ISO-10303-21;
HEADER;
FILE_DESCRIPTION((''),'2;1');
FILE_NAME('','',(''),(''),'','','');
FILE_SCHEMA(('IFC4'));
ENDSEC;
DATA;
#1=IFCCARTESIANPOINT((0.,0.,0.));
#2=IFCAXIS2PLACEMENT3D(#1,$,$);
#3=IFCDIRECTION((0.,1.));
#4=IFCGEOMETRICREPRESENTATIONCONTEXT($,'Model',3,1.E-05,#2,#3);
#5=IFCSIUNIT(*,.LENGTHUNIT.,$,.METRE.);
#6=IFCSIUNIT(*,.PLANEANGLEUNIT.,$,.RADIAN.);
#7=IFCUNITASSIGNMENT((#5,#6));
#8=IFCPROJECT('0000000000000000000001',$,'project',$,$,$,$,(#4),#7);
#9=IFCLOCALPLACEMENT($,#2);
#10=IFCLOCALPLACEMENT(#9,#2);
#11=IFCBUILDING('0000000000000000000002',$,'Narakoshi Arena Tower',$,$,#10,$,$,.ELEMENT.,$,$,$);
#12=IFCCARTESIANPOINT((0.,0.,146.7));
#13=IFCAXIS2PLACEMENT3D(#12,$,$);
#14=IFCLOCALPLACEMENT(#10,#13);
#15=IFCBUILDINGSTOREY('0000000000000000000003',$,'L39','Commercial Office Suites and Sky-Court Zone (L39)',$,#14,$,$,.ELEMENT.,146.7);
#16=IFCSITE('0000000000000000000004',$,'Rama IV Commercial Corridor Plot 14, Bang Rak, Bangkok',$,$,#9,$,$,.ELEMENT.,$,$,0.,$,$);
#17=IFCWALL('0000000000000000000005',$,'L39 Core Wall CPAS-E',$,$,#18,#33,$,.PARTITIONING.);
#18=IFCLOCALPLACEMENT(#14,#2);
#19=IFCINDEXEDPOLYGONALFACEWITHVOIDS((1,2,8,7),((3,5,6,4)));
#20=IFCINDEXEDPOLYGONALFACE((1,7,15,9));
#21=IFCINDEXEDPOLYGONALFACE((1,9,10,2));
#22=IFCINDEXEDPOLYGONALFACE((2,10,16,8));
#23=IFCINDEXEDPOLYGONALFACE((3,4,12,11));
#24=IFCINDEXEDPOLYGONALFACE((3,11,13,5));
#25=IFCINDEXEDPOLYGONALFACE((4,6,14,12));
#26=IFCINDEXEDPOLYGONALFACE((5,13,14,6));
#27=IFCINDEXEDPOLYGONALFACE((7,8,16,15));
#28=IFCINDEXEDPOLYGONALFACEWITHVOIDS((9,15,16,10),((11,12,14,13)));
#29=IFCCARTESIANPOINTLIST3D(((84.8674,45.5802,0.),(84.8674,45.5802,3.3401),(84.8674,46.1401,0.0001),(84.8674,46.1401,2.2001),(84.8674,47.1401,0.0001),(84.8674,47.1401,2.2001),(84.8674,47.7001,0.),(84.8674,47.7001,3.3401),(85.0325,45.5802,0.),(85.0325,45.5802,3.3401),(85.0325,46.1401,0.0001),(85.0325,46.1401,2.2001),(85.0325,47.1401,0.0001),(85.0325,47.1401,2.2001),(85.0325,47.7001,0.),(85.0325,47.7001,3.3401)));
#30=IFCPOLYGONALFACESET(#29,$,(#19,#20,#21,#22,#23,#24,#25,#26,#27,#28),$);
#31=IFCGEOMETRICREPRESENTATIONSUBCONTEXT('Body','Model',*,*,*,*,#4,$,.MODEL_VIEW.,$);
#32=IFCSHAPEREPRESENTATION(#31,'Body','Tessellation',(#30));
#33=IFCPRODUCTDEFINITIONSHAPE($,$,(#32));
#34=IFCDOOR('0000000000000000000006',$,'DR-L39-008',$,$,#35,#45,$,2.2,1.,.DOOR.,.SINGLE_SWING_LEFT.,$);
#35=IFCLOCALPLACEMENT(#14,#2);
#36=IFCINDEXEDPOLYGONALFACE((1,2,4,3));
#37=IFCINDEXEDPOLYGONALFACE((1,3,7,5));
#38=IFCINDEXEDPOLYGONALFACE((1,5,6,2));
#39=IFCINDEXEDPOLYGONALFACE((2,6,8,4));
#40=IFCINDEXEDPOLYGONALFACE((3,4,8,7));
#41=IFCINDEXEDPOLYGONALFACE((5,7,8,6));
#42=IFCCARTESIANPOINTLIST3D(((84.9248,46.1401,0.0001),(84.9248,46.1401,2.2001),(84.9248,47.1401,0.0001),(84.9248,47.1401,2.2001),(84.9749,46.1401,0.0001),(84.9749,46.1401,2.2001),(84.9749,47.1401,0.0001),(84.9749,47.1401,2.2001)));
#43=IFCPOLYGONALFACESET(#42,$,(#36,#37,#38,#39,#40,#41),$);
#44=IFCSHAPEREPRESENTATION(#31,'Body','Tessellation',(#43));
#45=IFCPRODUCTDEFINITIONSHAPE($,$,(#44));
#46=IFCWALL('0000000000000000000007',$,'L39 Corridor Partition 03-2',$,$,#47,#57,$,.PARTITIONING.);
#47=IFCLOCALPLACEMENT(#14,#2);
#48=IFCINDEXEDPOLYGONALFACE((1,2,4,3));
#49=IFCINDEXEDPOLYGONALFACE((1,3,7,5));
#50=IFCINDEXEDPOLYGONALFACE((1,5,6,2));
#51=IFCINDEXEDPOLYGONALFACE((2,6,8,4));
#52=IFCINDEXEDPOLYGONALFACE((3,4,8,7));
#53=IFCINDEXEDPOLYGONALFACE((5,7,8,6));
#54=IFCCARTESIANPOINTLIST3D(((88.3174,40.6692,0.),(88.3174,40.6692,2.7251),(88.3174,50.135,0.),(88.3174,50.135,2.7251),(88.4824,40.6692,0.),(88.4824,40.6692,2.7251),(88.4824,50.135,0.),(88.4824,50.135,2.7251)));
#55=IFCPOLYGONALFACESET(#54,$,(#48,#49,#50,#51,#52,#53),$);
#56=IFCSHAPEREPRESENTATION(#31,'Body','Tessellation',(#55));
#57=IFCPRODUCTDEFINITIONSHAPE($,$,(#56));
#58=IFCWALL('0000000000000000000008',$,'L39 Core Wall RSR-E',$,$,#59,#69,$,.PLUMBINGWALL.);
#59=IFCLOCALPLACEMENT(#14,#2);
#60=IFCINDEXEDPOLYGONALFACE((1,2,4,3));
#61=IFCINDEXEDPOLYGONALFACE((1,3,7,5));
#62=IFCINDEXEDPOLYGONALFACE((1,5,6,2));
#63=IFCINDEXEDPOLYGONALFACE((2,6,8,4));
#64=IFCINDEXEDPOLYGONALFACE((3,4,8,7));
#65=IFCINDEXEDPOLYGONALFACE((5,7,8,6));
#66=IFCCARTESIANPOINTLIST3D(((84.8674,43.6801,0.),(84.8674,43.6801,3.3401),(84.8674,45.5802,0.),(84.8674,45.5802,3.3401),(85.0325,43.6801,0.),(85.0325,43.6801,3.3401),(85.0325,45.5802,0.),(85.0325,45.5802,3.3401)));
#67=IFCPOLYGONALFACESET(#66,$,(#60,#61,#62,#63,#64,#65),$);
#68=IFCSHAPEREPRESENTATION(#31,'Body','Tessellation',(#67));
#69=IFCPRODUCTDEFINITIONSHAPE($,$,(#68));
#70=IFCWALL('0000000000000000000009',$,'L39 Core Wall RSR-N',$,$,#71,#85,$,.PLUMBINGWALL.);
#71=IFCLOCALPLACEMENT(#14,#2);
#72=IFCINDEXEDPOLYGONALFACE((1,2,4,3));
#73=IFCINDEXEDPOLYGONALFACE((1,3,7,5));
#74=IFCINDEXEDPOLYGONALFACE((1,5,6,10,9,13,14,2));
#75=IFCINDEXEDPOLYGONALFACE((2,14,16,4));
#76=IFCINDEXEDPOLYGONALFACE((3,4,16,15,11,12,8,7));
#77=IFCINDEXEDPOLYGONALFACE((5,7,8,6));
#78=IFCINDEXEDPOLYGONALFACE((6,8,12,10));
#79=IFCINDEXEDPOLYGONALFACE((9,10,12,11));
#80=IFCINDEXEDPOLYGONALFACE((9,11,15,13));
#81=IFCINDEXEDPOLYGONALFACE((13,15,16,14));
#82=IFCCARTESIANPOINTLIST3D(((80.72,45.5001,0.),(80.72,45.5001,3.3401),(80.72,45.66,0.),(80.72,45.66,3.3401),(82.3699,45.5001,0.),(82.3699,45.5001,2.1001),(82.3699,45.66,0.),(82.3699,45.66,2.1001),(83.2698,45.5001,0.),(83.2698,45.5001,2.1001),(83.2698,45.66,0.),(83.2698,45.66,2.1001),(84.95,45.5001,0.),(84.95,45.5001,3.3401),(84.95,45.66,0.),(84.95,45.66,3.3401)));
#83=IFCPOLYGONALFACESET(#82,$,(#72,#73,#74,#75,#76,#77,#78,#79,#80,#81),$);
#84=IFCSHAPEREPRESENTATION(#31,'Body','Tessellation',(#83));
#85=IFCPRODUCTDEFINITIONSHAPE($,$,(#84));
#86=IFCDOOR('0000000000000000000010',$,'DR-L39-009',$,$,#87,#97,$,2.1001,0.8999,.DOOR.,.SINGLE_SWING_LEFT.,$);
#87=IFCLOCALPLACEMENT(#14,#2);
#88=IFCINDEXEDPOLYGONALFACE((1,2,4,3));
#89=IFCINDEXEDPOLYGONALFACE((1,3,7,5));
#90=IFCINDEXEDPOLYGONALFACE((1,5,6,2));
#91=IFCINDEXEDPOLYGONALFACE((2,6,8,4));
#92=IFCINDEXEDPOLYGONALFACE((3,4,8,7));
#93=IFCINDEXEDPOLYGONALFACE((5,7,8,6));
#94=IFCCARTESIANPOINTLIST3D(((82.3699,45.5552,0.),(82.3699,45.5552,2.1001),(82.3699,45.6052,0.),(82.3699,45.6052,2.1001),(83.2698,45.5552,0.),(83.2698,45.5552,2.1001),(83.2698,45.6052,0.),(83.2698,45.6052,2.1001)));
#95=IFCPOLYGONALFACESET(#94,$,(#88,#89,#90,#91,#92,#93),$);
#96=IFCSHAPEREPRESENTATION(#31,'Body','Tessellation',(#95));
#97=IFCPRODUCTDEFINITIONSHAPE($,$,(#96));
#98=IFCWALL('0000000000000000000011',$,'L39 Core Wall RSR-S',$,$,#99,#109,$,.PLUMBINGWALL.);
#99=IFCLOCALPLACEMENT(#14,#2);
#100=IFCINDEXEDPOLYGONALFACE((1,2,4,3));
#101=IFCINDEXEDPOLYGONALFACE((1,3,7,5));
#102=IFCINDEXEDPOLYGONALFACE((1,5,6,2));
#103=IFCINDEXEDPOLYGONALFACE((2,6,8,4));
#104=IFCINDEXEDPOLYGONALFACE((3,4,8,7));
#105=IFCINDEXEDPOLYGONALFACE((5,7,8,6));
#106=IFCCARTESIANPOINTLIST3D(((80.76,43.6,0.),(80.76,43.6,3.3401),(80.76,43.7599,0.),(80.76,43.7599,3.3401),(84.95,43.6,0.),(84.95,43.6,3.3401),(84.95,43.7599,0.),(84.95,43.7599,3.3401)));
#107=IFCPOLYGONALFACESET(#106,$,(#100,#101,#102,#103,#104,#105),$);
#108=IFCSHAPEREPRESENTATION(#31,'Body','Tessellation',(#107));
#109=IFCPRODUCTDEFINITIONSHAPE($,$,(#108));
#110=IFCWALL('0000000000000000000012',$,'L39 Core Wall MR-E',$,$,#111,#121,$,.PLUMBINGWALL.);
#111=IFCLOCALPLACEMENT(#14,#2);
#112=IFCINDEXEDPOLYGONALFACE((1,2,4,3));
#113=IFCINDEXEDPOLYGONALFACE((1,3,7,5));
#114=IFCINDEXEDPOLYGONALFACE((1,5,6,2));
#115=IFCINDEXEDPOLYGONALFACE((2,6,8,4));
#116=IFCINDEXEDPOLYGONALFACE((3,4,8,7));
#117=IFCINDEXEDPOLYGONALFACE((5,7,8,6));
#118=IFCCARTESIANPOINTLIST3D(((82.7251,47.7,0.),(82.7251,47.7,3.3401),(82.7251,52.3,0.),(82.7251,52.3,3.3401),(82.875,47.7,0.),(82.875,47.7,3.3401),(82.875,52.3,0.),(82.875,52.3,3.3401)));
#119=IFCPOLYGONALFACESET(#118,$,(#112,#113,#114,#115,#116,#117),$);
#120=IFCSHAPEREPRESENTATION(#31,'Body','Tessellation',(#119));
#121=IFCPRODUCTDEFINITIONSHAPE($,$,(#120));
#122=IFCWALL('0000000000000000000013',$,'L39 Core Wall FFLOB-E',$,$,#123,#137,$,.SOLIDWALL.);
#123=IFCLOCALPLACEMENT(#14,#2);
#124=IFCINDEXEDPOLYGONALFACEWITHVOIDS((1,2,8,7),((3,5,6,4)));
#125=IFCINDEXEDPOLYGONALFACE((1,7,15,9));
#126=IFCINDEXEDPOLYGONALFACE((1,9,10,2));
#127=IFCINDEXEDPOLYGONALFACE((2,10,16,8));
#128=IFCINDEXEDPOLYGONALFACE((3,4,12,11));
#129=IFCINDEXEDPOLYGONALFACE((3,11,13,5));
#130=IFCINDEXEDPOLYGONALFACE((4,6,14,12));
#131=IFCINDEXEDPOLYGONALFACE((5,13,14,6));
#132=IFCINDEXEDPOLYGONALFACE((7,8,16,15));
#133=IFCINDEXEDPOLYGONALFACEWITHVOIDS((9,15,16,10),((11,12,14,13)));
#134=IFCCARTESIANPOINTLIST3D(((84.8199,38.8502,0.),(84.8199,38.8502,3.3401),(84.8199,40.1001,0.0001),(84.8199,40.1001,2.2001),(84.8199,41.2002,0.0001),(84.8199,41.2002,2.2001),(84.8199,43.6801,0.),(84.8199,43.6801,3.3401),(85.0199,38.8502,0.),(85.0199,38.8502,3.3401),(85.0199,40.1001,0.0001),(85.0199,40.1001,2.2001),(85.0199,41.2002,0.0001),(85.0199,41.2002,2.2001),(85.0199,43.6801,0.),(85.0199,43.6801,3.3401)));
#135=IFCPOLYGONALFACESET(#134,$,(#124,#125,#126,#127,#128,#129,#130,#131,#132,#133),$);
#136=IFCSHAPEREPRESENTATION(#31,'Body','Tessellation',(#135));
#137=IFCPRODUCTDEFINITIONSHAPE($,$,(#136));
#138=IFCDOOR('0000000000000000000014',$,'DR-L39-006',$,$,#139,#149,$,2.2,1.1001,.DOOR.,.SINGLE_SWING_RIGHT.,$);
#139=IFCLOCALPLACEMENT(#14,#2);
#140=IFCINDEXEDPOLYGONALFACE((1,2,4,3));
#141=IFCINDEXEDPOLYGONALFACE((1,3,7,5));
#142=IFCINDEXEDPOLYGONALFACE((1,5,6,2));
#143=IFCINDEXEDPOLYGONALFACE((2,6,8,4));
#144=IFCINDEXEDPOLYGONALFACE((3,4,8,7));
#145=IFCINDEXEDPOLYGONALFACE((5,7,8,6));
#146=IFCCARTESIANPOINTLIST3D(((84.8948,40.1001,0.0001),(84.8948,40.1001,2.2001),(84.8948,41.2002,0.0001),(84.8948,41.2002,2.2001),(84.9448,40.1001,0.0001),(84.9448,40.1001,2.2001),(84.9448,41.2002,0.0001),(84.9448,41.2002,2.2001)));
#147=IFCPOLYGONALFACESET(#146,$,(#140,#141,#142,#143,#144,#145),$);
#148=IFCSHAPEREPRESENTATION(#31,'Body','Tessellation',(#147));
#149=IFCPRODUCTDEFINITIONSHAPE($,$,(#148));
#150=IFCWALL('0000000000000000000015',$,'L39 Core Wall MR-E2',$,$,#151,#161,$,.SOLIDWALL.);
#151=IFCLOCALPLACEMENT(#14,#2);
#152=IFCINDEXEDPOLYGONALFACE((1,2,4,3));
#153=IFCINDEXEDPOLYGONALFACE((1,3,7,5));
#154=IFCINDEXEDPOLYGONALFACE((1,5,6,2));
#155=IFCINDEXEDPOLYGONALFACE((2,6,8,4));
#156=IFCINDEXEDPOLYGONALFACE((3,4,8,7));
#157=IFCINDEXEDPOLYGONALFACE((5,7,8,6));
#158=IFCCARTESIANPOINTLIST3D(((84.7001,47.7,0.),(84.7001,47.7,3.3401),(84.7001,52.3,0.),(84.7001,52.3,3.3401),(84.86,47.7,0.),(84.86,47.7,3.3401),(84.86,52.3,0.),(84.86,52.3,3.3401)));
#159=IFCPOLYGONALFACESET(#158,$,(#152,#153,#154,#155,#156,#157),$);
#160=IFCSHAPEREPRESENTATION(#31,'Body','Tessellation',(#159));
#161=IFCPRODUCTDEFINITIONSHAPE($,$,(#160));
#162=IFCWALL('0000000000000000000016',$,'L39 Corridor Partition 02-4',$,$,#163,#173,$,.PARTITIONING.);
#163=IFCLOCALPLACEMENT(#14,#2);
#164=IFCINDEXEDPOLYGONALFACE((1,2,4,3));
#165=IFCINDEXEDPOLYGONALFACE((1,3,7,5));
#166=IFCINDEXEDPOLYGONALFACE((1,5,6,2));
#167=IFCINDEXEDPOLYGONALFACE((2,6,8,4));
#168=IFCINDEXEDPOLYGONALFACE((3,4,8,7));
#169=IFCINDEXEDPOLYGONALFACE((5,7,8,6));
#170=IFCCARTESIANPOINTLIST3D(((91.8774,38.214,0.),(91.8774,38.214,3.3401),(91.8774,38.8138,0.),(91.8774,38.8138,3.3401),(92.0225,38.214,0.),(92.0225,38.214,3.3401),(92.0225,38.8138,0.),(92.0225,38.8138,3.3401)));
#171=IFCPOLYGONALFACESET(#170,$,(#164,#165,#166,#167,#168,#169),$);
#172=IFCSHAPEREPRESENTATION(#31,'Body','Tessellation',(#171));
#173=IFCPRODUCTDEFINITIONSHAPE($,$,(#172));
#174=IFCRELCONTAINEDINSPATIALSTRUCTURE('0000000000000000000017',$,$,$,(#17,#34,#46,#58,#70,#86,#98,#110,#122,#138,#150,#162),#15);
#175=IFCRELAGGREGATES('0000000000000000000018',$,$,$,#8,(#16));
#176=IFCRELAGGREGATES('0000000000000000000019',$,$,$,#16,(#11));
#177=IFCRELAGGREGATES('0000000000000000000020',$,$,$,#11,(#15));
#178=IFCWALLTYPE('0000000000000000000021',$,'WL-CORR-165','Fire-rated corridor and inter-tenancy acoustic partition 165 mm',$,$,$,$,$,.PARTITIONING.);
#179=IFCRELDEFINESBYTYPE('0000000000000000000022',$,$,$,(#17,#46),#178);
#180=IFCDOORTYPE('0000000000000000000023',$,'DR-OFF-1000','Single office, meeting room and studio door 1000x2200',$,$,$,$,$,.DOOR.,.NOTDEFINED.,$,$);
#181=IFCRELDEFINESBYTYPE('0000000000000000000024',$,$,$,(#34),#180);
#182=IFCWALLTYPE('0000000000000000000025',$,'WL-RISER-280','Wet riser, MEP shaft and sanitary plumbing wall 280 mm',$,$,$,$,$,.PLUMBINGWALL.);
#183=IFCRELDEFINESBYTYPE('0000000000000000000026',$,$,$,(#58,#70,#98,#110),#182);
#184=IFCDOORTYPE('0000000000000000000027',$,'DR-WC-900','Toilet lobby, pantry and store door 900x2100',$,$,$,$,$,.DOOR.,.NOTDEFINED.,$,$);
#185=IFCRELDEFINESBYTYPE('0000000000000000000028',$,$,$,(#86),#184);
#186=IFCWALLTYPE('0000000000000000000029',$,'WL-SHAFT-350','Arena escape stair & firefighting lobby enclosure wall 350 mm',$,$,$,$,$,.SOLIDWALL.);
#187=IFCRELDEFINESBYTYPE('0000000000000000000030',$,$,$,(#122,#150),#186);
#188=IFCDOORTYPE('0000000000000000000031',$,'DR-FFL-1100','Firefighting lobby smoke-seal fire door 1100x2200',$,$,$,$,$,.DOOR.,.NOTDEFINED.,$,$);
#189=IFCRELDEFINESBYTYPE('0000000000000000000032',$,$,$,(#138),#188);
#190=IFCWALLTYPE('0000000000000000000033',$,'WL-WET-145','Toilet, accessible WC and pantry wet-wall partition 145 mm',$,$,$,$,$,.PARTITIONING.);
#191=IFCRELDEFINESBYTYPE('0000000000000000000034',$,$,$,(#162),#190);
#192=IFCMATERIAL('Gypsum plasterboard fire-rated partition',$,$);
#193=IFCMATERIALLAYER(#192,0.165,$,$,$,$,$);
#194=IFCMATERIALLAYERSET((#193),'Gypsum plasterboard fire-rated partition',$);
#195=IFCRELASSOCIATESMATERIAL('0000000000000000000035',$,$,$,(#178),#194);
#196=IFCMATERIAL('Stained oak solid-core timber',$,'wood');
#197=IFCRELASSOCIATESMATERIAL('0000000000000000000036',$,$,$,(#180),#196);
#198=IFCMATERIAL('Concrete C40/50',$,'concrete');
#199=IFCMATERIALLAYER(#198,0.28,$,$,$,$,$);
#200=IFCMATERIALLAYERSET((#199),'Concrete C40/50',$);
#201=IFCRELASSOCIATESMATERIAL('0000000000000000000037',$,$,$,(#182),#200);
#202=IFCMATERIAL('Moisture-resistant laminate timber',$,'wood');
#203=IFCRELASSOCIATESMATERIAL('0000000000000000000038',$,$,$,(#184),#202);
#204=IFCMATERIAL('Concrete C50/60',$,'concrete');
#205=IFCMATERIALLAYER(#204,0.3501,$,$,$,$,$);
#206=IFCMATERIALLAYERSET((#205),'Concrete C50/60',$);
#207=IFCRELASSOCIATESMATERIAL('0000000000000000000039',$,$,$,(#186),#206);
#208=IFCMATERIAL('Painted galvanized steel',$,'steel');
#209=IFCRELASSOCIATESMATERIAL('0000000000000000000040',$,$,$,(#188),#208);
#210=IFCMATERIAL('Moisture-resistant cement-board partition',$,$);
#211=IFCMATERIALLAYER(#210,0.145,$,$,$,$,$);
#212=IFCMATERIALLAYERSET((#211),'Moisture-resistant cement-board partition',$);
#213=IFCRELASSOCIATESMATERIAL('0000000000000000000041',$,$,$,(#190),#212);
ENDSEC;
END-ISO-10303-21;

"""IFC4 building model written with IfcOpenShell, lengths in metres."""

from ifc_helpers import new_model, si_unit, direction, frame, frame_2d, origin, place, context, subcontext, project, spatial, rectangle, extrude, material, layer, layer_set, type_object, element, fill, save


model = new_model("IFC4")

# Units and contexts
model_context = context("Model", 3, precision=1e-05, world=origin(), true_north=direction((0.0, 1.0)))
body_context = subcontext(model_context, "Body", "Model", "MODEL_VIEW")
ifc_project = project(units=[si_unit("LENGTHUNIT", "METRE"), si_unit("PLANEANGLEUNIT", "RADIAN")], contexts=[model_context])

# Site, building, storey
site_placement = place(None, origin())
site = spatial("IfcSite", under=ifc_project, at=site_placement, Name="Rama IV Commercial Corridor Plot 14, Bang Rak, Bangkok", CompositionType="ELEMENT", RefElevation=0.0)
building_placement = place(site_placement, origin())
building = spatial("IfcBuilding", under=site, at=building_placement, Name="Narakoshi Arena Tower", CompositionType="ELEMENT")
storey_placement = place(building_placement, frame((0.0, 0.0, 146.7)))
storey = spatial("IfcBuildingStorey", under=building, at=storey_placement, Name="L39", Description="Commercial Office Suites and Sky-Court Zone (L39)", CompositionType="ELEMENT", Elevation=146.7)

# Wall, opening, door
ifc_material_1 = material(Name="Gypsum plasterboard fire-rated partition")
ifc_layer_1 = layer(ifc_material_1, 0.165)
ifc_layer_set_1 = layer_set([ifc_layer_1], Name="Gypsum plasterboard fire-rated partition")
wall_type_1 = type_object("IfcWallType", Name="WL-CORR-165", Description="Fire-rated corridor and inter-tenancy acoustic partition 165 mm", PredefinedType="PARTITIONING", material=ifc_layer_set_1)
wall_1_placement = place(storey_placement, frame((84.95, 45.5801, 0.0), z_axis=(0.0, 0.0, 1.0), x_axis=(0.0, 1.0, 0.0)))
wall_1 = element("IfcWall", 1, at=wall_1_placement, inside=storey, type_object=wall_type_1, Name="L39 Core Wall CPAS-E", PredefinedType="PARTITIONING", context=body_context, shape_type="SweptSolid", body=[
    extrude(rectangle(XDim=2.1199, YDim=0.165, at=frame_2d((1.0601, 0.0))), origin(), (0.0, 0.0, 1.0), 3.3401),
])
opening_1_placement = place(wall_1_placement, frame((0.5601, 0.0, 0.0)))
opening_1 = element("IfcOpeningElement", 2, at=opening_1_placement, cuts=wall_1, PredefinedType="OPENING", context=body_context, shape_type="SweptSolid", body=[
    extrude(rectangle(XDim=1.0, YDim=2.2, at=frame_2d((0.5, 1.1001))), frame((0.0, 0.0925, 0.0), z_axis=(0.0, -1.0, 0.0), x_axis=(1.0, 0.0, 0.0)), (0.0, 0.0, 1.0), 0.1851),
])
ifc_material_2 = material(Name="Stained oak solid-core timber", Category="wood")
door_type_1 = type_object("IfcDoorType", Name="DR-OFF-1000", Description="Single office, meeting room and studio door 1000x2200", OperationType="NOTDEFINED", PredefinedType="DOOR", material=ifc_material_2)
door_1_placement = place(opening_1_placement, frame((1.0, 0.0, 0.0), z_axis=(0.0, 0.0, 1.0), x_axis=(-1.0, 0.0, 0.0)))
door_1 = element("IfcDoor", 3, at=door_1_placement, inside=storey, type_object=door_type_1, Name="DR-L39-008", OperationType="SINGLE_SWING_LEFT", OverallHeight=2.2, OverallWidth=1.0, PredefinedType="DOOR", context=body_context, shape_type="SweptSolid", body=[
    extrude(rectangle(XDim=1.0, YDim=2.2, at=frame_2d((0.5, 1.1001))), frame((0.0, 0.0249, 0.0), z_axis=(0.0, -1.0, 0.0), x_axis=(1.0, 0.0, 0.0)), (0.0, 0.0, 1.0), 0.05),
])
fill(opening_1, door_1)

# Walls
wall_2_placement = place(storey_placement, frame((88.3999, 40.6692, 0.0), z_axis=(0.0, 0.0, 1.0), x_axis=(0.0, 1.0, 0.0)))
element("IfcWall", 4, at=wall_2_placement, inside=storey, type_object=wall_type_1, Name="L39 Corridor Partition 03-2", PredefinedType="PARTITIONING", context=body_context, shape_type="SweptSolid", body=[
    extrude(rectangle(XDim=9.4658, YDim=0.165, at=frame_2d((4.7329, 0.0))), origin(), (0.0, 0.0, 1.0), 2.7251),
])
ifc_material_3 = material(Name="Concrete C40/50", Category="concrete")
ifc_layer_2 = layer(ifc_material_3, 0.28)
ifc_layer_set_2 = layer_set([ifc_layer_2], Name="Concrete C40/50")
wall_type_2 = type_object("IfcWallType", Name="WL-RISER-280", Description="Wet riser, MEP shaft and sanitary plumbing wall 280 mm", PredefinedType="PLUMBINGWALL", material=ifc_layer_set_2)
wall_3_placement = place(storey_placement, frame((84.95, 43.6799, 0.0), z_axis=(0.0, 0.0, 1.0), x_axis=(0.0, 1.0, 0.0)))
element("IfcWall", 5, at=wall_3_placement, inside=storey, type_object=wall_type_2, Name="L39 Core Wall RSR-E", PredefinedType="PLUMBINGWALL", context=body_context, shape_type="SweptSolid", body=[
    extrude(rectangle(XDim=1.9001, YDim=0.165, at=frame_2d((0.9502, 0.0))), origin(), (0.0, 0.0, 1.0), 3.3401),
])

# Wall, opening, door
wall_4_placement = place(storey_placement, frame((80.72, 45.5801, 0.0), z_axis=(0.0, 0.0, 1.0), x_axis=(1.0, 0.0, 0.0)))
wall_4 = element("IfcWall", 6, at=wall_4_placement, inside=storey, type_object=wall_type_2, Name="L39 Core Wall RSR-N", PredefinedType="PLUMBINGWALL", context=body_context, shape_type="SweptSolid", body=[
    extrude(rectangle(XDim=4.23, YDim=0.1599, at=frame_2d((2.115, 0.0))), origin(), (0.0, 0.0, 1.0), 3.3401),
])
opening_2_placement = place(wall_4_placement, frame((1.6499, 0.0, 0.0)))
opening_2 = element("IfcOpeningElement", 7, at=opening_2_placement, cuts=wall_4, PredefinedType="OPENING", context=body_context, shape_type="SweptSolid", body=[
    extrude(rectangle(XDim=0.8999, YDim=2.1001, at=frame_2d((0.45, 1.05))), frame((0.0, 0.0898, 0.0), z_axis=(0.0, -1.0, 0.0), x_axis=(1.0, 0.0, 0.0)), (0.0, 0.0, 1.0), 0.1799),
])
ifc_material_4 = material(Name="Moisture-resistant laminate timber", Category="wood")
door_type_2 = type_object("IfcDoorType", Name="DR-WC-900", Description="Toilet lobby, pantry and store door 900x2100", OperationType="NOTDEFINED", PredefinedType="DOOR", material=ifc_material_4)
door_2_placement = place(opening_2_placement, frame((0.8999, 0.0, 0.0), z_axis=(0.0, 0.0, 1.0), x_axis=(-1.0, 0.0, 0.0)))
door_2 = element("IfcDoor", 8, at=door_2_placement, inside=storey, type_object=door_type_2, Name="DR-L39-009", OperationType="SINGLE_SWING_LEFT", OverallHeight=2.1001, OverallWidth=0.8999, PredefinedType="DOOR", context=body_context, shape_type="SweptSolid", body=[
    extrude(rectangle(XDim=0.8999, YDim=2.1001, at=frame_2d((0.45, 1.05))), frame((0.0, 0.0249, 0.0), z_axis=(0.0, -1.0, 0.0), x_axis=(1.0, 0.0, 0.0)), (0.0, 0.0, 1.0), 0.05),
])
fill(opening_2, door_2)

# Walls
wall_5_placement = place(storey_placement, frame((80.76, 43.6799, 0.0), z_axis=(0.0, 0.0, 1.0), x_axis=(1.0, 0.0, 0.0)))
element("IfcWall", 9, at=wall_5_placement, inside=storey, type_object=wall_type_2, Name="L39 Core Wall RSR-S", PredefinedType="PLUMBINGWALL", context=body_context, shape_type="SweptSolid", body=[
    extrude(rectangle(XDim=4.1899, YDim=0.1599, at=frame_2d((2.095, 0.0))), origin(), (0.0, 0.0, 1.0), 3.3401),
])
wall_6_placement = place(storey_placement, frame((82.8, 47.7, 0.0), z_axis=(0.0, 0.0, 1.0), x_axis=(0.0, 1.0, 0.0)))
element("IfcWall", 10, at=wall_6_placement, inside=storey, type_object=wall_type_2, Name="L39 Core Wall MR-E", PredefinedType="PLUMBINGWALL", context=body_context, shape_type="SweptSolid", body=[
    extrude(rectangle(XDim=4.6001, YDim=0.1499, at=frame_2d((2.3, 0.0))), origin(), (0.0, 0.0, 1.0), 3.3401),
])

# Wall, opening, door
ifc_material_5 = material(Name="Concrete C50/60", Category="concrete")
ifc_layer_3 = layer(ifc_material_5, 0.3501)
ifc_layer_set_3 = layer_set([ifc_layer_3], Name="Concrete C50/60")
wall_type_3 = type_object("IfcWallType", Name="WL-SHAFT-350", Description="Arena escape stair & firefighting lobby enclosure wall 350 mm", PredefinedType="SOLIDWALL", material=ifc_layer_set_3)
wall_7_placement = place(storey_placement, frame((84.9199, 38.8501, 0.0), z_axis=(0.0, 0.0, 1.0), x_axis=(0.0, 1.0, 0.0)))
wall_7 = element("IfcWall", 11, at=wall_7_placement, inside=storey, type_object=wall_type_3, Name="L39 Core Wall FFLOB-E", PredefinedType="SOLIDWALL", context=body_context, shape_type="SweptSolid", body=[
    extrude(rectangle(XDim=4.8298, YDim=0.2, at=frame_2d((2.415, 0.0))), origin(), (0.0, 0.0, 1.0), 3.3401),
])
opening_3_placement = place(wall_7_placement, frame((1.25, 0.0, 0.0)))
opening_3 = element("IfcOpeningElement", 12, at=opening_3_placement, cuts=wall_7, PredefinedType="OPENING", context=body_context, shape_type="SweptSolid", body=[
    extrude(rectangle(XDim=1.1001, YDim=2.2, at=frame_2d((0.55, 1.1001))), frame((0.0, 0.1099, 0.0), z_axis=(0.0, -1.0, 0.0), x_axis=(1.0, 0.0, 0.0)), (0.0, 0.0, 1.0), 0.22),
])
ifc_material_6 = material(Name="Painted galvanized steel", Category="steel")
door_type_3 = type_object("IfcDoorType", Name="DR-FFL-1100", Description="Firefighting lobby smoke-seal fire door 1100x2200", OperationType="NOTDEFINED", PredefinedType="DOOR", material=ifc_material_6)
door_3_placement = place(opening_3_placement, frame((1.1001, 0.0, 0.0), z_axis=(0.0, 0.0, 1.0), x_axis=(-1.0, 0.0, 0.0)))
door_3 = element("IfcDoor", 13, at=door_3_placement, inside=storey, type_object=door_type_3, Name="DR-L39-006", OperationType="SINGLE_SWING_RIGHT", OverallHeight=2.2, OverallWidth=1.1001, PredefinedType="DOOR", context=body_context, shape_type="SweptSolid", body=[
    extrude(rectangle(XDim=1.1001, YDim=2.2, at=frame_2d((0.55, 1.1001))), frame((0.0, 0.0249, 0.0), z_axis=(0.0, -1.0, 0.0), x_axis=(1.0, 0.0, 0.0)), (0.0, 0.0, 1.0), 0.05),
])
fill(opening_3, door_3)

# Walls
wall_8_placement = place(storey_placement, frame((84.78, 47.7, 0.0), z_axis=(0.0, 0.0, 1.0), x_axis=(0.0, 1.0, 0.0)))
element("IfcWall", 14, at=wall_8_placement, inside=storey, type_object=wall_type_3, Name="L39 Core Wall MR-E2", PredefinedType="SOLIDWALL", context=body_context, shape_type="SweptSolid", body=[
    extrude(rectangle(XDim=4.6001, YDim=0.1599, at=frame_2d((2.3, 0.0))), origin(), (0.0, 0.0, 1.0), 3.3401),
])
ifc_material_7 = material(Name="Moisture-resistant cement-board partition")
ifc_layer_4 = layer(ifc_material_7, 0.145)
ifc_layer_set_4 = layer_set([ifc_layer_4], Name="Moisture-resistant cement-board partition")
wall_type_4 = type_object("IfcWallType", Name="WL-WET-145", Description="Toilet, accessible WC and pantry wet-wall partition 145 mm", PredefinedType="PARTITIONING", material=ifc_layer_set_4)
wall_9_placement = place(storey_placement, frame((91.95, 38.8137, 0.0), z_axis=(0.0, 0.0, 1.0), x_axis=(0.0, -1.0, 0.0)))
element("IfcWall", 15, at=wall_9_placement, inside=storey, type_object=wall_type_4, Name="L39 Corridor Partition 02-4", PredefinedType="PARTITIONING", context=body_context, shape_type="SweptSolid", body=[
    extrude(rectangle(XDim=0.5999, YDim=0.145, at=frame_2d((0.2998, 0.0))), origin(), (0.0, 0.0, 1.0), 3.3401),
])

save(model, "model.ifc")
